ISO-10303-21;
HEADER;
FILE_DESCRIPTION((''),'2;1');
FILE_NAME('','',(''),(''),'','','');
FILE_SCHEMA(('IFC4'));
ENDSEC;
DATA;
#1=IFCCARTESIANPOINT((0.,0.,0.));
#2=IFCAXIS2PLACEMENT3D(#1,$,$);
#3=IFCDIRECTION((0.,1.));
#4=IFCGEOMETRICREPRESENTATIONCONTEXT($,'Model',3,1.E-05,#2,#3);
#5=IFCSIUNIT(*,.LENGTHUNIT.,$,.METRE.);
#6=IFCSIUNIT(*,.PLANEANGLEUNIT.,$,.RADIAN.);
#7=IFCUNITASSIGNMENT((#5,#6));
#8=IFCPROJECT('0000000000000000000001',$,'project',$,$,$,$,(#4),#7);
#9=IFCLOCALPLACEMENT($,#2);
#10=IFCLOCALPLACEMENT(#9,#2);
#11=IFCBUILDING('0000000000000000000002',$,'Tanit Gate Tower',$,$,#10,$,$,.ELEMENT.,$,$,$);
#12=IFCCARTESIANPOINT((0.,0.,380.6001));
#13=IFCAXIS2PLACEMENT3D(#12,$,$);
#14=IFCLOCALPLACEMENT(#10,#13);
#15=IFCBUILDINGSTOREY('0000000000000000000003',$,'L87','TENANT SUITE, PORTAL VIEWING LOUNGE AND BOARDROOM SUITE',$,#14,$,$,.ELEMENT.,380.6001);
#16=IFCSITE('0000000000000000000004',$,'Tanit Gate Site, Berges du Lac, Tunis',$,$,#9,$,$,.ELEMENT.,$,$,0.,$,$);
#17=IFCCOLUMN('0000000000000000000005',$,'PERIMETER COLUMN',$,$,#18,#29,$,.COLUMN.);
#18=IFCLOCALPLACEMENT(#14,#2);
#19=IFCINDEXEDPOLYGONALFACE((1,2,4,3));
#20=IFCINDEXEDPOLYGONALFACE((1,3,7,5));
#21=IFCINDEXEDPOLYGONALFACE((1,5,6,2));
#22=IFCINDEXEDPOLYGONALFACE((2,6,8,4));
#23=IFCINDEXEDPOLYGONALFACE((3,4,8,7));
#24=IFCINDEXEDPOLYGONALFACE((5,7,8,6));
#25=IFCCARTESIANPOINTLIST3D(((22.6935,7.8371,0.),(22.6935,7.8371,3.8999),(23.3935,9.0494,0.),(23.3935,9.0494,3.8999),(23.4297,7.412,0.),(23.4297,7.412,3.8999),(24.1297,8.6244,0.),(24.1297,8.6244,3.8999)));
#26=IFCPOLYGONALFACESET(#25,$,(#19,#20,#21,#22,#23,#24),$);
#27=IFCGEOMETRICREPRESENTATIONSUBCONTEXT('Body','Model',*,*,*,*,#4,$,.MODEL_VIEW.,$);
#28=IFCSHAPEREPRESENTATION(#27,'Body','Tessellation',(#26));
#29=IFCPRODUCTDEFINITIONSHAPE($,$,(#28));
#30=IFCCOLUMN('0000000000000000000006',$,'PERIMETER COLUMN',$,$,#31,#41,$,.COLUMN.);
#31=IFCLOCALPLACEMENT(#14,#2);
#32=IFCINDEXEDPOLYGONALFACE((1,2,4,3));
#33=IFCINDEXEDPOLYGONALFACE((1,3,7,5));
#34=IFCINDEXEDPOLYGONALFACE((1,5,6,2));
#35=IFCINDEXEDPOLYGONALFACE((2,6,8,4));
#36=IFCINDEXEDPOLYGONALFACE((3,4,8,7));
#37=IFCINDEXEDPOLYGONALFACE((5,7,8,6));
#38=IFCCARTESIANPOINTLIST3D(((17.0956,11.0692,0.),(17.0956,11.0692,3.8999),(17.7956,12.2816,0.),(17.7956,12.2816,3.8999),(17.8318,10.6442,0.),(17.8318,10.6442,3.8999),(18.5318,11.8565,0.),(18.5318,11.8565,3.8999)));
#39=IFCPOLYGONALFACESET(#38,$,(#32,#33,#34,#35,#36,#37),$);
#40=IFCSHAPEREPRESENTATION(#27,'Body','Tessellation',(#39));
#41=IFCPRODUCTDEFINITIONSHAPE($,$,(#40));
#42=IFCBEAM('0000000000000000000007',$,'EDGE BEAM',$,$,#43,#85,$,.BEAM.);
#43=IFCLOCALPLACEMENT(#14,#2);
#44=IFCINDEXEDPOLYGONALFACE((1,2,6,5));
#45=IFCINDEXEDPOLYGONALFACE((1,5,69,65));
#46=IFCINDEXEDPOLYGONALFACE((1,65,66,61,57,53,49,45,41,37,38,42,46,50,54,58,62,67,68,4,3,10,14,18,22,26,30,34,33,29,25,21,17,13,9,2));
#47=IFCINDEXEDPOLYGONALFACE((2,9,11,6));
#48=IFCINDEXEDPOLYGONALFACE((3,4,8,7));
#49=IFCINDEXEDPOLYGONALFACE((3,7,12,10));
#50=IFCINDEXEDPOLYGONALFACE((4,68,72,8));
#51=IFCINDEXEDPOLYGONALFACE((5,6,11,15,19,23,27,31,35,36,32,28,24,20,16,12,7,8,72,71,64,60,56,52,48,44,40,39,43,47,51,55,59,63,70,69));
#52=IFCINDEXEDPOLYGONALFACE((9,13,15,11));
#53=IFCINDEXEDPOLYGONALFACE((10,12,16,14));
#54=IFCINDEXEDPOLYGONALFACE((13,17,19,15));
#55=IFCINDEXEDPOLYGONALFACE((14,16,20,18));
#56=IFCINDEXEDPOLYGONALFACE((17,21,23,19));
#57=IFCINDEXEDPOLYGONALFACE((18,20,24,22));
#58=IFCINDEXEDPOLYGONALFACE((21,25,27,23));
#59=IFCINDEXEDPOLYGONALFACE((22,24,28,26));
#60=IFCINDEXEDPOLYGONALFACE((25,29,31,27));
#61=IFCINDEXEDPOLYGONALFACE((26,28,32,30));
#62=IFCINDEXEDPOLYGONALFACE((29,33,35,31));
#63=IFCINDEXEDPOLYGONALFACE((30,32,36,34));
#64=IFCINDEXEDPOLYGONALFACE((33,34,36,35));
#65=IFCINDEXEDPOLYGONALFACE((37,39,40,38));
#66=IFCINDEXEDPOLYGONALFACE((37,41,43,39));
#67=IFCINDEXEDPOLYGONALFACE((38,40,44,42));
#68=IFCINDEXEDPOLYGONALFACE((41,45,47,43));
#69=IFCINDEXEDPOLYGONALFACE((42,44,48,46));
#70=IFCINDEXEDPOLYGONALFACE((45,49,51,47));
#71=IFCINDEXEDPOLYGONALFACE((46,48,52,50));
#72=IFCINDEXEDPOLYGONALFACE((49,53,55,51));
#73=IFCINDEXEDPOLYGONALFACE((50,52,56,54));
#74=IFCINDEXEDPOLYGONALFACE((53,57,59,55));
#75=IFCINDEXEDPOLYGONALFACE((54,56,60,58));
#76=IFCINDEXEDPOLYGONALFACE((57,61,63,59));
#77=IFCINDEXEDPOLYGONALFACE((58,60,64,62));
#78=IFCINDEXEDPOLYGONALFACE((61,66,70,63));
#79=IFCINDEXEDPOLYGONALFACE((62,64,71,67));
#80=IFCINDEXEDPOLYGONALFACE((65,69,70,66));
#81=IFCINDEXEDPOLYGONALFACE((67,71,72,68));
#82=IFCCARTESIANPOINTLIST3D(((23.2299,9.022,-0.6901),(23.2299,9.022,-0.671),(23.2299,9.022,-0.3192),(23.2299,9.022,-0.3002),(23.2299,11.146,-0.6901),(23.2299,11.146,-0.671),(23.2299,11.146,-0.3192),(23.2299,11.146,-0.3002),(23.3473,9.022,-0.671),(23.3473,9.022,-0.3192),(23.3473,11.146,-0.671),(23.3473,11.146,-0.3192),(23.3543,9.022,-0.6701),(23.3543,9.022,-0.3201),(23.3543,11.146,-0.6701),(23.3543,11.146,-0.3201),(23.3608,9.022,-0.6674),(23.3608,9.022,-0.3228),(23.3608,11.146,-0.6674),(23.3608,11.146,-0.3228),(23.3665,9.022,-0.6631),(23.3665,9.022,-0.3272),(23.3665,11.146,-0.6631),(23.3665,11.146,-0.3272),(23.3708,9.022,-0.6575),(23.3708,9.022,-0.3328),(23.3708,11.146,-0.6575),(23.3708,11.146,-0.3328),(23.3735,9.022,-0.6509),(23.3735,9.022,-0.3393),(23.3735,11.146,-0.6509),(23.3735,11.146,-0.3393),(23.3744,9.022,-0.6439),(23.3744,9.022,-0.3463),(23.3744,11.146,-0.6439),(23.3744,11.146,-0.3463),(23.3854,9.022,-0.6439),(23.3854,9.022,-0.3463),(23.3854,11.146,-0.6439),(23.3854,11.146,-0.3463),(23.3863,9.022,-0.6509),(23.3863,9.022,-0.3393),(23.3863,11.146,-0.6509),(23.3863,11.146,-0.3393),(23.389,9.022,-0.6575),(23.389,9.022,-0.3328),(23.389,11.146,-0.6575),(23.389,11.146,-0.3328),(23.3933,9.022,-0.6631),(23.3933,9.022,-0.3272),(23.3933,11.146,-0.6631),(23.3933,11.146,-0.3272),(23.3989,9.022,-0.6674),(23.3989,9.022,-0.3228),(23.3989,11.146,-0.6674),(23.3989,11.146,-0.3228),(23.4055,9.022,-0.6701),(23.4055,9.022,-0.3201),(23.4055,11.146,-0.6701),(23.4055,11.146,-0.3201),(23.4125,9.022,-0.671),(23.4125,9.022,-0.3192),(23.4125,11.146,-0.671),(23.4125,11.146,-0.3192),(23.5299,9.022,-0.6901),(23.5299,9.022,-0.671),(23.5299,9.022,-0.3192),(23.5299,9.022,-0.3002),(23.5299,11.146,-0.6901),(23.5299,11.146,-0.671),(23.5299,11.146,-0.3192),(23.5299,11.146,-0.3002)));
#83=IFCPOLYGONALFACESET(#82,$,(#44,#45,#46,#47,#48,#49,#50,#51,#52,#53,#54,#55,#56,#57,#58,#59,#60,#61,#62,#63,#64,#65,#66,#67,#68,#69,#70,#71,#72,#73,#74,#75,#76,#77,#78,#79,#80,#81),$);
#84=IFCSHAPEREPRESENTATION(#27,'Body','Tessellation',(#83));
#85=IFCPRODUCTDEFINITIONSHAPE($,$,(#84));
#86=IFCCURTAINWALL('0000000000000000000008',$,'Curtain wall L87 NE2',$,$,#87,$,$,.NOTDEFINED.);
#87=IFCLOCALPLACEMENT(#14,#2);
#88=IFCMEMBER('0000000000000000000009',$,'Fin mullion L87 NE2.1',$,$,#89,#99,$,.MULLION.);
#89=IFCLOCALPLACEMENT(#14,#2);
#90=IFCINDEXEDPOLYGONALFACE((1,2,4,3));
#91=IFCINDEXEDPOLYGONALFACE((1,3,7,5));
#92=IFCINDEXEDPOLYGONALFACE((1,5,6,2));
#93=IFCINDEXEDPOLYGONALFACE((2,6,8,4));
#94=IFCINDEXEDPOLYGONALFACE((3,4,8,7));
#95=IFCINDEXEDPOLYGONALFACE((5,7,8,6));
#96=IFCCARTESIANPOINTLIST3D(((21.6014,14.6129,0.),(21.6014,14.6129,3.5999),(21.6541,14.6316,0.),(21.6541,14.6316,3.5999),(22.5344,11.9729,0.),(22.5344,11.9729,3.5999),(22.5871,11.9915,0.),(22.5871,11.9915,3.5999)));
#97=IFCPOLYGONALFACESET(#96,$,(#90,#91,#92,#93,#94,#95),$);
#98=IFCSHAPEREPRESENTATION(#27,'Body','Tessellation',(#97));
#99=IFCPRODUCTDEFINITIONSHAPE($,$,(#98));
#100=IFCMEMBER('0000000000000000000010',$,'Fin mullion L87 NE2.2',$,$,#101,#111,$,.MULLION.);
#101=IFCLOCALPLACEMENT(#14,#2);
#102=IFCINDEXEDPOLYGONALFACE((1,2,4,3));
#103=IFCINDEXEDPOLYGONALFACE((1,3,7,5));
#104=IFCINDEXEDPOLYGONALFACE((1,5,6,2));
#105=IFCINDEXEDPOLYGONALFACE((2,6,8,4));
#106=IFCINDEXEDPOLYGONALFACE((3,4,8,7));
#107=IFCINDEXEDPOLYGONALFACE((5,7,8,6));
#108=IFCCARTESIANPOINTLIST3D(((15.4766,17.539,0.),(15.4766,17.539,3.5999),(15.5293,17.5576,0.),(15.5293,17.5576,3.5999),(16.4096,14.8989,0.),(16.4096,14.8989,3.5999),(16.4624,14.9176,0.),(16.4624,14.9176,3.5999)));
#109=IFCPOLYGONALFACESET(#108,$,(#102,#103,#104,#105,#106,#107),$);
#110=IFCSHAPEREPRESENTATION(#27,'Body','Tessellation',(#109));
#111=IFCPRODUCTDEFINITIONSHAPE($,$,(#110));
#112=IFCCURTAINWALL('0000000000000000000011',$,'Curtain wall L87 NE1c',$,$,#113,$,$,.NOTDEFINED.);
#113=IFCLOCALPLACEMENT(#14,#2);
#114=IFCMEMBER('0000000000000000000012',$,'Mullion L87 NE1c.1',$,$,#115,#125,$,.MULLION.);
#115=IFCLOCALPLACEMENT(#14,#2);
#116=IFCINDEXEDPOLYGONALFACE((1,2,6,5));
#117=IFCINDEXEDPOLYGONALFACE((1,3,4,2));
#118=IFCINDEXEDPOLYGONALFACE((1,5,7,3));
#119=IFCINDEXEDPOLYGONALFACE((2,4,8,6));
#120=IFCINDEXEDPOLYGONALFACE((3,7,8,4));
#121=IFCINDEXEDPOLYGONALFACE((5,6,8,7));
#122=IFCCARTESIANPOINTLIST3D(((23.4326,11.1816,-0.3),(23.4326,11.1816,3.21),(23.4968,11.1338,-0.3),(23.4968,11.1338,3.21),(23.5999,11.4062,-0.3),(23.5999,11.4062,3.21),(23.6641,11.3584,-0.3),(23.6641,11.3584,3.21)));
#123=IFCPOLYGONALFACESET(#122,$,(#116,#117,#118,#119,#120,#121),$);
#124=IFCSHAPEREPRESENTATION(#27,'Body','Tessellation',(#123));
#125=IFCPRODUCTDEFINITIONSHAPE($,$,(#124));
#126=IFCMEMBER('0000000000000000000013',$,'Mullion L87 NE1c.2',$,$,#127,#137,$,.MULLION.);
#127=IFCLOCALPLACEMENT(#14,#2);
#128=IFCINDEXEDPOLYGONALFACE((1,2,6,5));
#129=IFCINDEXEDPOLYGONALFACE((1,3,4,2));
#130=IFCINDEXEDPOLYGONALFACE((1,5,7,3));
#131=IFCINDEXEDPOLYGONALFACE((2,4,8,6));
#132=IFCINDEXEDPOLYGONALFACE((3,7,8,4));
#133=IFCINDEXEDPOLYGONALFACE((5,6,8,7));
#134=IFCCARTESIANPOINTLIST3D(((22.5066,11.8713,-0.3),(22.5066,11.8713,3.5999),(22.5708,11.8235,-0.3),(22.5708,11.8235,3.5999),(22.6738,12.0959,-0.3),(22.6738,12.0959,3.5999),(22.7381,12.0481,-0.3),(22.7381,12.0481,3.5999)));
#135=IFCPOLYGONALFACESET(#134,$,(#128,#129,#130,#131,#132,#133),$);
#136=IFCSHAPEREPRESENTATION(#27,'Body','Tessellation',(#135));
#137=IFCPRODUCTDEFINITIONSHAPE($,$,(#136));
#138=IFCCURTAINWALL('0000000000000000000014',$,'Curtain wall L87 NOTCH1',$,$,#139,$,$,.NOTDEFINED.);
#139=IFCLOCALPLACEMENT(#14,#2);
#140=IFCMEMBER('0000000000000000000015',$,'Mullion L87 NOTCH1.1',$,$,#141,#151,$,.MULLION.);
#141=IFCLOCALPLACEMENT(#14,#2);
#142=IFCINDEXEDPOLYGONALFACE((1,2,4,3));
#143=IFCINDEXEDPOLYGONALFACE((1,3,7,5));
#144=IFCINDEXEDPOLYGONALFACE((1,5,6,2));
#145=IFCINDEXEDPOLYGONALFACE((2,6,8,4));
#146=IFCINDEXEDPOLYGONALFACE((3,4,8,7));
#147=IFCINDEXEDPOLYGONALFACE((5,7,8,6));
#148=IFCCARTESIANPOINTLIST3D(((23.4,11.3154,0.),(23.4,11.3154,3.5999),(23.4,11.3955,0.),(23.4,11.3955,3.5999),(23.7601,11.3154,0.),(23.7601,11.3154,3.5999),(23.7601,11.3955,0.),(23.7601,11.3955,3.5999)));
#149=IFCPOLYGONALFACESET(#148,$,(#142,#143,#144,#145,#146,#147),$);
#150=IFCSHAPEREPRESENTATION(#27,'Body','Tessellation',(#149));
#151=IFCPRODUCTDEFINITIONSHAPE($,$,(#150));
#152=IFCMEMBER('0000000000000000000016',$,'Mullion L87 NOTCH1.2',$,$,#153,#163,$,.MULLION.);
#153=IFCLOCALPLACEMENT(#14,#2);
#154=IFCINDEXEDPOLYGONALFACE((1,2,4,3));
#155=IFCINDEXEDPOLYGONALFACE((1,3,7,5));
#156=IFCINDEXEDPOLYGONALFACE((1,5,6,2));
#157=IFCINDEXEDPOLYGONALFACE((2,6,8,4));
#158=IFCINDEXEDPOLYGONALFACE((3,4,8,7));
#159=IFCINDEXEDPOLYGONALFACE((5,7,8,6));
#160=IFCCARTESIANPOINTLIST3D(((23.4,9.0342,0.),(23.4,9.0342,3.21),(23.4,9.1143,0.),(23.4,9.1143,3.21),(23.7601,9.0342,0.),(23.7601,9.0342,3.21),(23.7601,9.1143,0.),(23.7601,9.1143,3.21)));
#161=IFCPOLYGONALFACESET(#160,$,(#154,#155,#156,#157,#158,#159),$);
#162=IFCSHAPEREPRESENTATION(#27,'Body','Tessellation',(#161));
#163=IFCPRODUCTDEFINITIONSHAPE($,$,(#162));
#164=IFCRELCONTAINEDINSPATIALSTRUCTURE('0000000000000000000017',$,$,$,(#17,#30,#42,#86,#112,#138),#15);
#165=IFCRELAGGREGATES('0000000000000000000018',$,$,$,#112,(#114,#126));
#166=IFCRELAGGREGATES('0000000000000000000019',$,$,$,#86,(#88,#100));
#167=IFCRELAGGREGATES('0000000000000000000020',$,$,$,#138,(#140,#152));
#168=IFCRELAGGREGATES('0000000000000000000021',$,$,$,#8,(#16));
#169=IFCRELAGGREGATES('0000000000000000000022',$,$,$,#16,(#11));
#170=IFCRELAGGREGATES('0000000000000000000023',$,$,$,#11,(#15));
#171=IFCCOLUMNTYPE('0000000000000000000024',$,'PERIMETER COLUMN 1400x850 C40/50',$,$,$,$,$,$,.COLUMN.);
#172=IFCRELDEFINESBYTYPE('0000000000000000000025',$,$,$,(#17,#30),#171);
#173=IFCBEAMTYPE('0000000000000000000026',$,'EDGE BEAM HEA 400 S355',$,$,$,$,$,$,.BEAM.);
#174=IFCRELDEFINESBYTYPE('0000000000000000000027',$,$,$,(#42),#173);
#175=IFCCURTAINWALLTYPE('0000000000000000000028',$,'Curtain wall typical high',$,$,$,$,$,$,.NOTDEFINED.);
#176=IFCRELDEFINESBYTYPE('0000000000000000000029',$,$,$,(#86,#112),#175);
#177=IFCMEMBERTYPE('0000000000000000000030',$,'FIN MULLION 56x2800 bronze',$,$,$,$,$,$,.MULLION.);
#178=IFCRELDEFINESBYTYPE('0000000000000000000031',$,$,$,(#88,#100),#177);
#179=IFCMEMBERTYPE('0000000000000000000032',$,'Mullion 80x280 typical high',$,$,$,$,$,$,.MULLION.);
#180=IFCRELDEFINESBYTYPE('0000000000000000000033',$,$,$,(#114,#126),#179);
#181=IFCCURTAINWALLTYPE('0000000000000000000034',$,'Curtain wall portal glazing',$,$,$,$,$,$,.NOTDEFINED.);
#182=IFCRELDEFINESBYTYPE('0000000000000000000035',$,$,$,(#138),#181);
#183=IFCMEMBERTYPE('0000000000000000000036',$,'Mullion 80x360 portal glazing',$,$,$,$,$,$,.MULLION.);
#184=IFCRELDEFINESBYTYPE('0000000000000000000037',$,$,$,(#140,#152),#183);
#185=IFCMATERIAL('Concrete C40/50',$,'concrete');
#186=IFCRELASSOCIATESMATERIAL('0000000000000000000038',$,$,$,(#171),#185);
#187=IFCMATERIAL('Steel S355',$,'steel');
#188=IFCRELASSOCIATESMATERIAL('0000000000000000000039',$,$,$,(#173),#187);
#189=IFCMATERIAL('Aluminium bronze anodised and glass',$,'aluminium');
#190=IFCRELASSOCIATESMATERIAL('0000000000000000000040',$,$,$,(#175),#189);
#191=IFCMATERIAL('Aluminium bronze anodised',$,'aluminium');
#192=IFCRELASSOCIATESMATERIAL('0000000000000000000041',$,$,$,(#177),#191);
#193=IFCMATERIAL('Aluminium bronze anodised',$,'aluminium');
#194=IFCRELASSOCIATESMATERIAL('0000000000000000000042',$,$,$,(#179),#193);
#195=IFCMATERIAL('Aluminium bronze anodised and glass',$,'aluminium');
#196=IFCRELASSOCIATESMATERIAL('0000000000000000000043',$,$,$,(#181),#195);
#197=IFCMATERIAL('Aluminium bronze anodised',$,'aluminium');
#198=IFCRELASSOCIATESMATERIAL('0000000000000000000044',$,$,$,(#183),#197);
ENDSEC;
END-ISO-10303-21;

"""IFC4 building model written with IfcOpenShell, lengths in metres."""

from ifc_helpers import new_model, si_unit, direction, frame, origin, origin_2d, place, context, subcontext, project, spatial, rectangle, i_section, extrude, material, material_profile, profile_set, type_object, element, aggregate, save


model = new_model("IFC4")

# Units and contexts
model_context = context("Model", 3, precision=1e-05, world=origin(), true_north=direction((0.0, 1.0)))
body_context = subcontext(model_context, "Body", "Model", "MODEL_VIEW")
ifc_project = project(units=[si_unit("LENGTHUNIT", "METRE"), si_unit("PLANEANGLEUNIT", "RADIAN")], contexts=[model_context])

# Site, building, storey
site_placement = place(None, origin())
site = spatial("IfcSite", under=ifc_project, at=site_placement, Name="Tanit Gate Site, Berges du Lac, Tunis", CompositionType="ELEMENT", RefElevation=0.0)
building_placement = place(site_placement, origin())
building = spatial("IfcBuilding", under=site, at=building_placement, Name="Tanit Gate Tower", CompositionType="ELEMENT")
storey_placement = place(building_placement, frame((0.0, 0.0, 380.6001)))
storey = spatial("IfcBuildingStorey", under=building, at=storey_placement, Name="L87", Description="TENANT SUITE, PORTAL VIEWING LOUNGE AND BOARDROOM SUITE", CompositionType="ELEMENT", Elevation=380.6001)

# Columns
ifc_material_1 = material(Name="Concrete C40/50", Category="concrete")
ifc_material_profile_1 = material_profile(ifc_material_1, rectangle(XDim=1.3999, YDim=0.8501, at=origin_2d()), Name="RC 1400x850")
ifc_profile_set_1 = profile_set([ifc_material_profile_1], Name="Concrete C40/50")
column_type = type_object("IfcColumnType", Name="PERIMETER COLUMN 1400x850 C40/50", PredefinedType="COLUMN", material=ifc_profile_set_1)
for number, where, z_axis, x_axis, name in (
    (1, (23.4116, 8.2307, 0.0), (0.0, 0.0, 1.0), (0.5, 0.866025, 0.0), "PERIMETER COLUMN"),
    (2, (17.8137, 11.4629, 0.0), (0.0, 0.0, 1.0), (0.5, 0.866025, 0.0), "PERIMETER COLUMN"),
):
    element("IfcColumn", number, at=place(storey_placement, frame(where, z_axis=z_axis, x_axis=x_axis)), inside=storey, type_object=column_type, Name=name, PredefinedType="COLUMN", context=body_context, shape_type="SweptSolid", body=[
        extrude(rectangle(XDim=1.3999, YDim=0.8501, at=origin_2d()), origin(), (0.0, 0.0, 1.0), 3.8999),
    ])

# Beam
ifc_material_2 = material(Name="Steel S355", Category="steel")
ifc_material_profile_2 = material_profile(ifc_material_2, i_section(OverallWidth=0.3, OverallDepth=0.3899, WebThickness=0.011, FlangeThickness=0.019, FilletRadius=0.0271, at=origin_2d()), Name="HEA 400")
ifc_profile_set_2 = profile_set([ifc_material_profile_2], Name="Steel S355")
beam_type_1 = type_object("IfcBeamType", Name="EDGE BEAM HEA 400 S355", PredefinedType="BEAM", material=ifc_profile_set_2)
beam_1_placement = place(storey_placement, frame((23.3799, 11.146, -0.4951), z_axis=(0.0, -1.0, 0.0), x_axis=(1.0, 0.0, 0.0)))
element("IfcBeam", 3, at=beam_1_placement, inside=storey, type_object=beam_type_1, Name="EDGE BEAM", PredefinedType="BEAM", context=body_context, shape_type="SweptSolid", body=[
    extrude(i_section(OverallWidth=0.3, OverallDepth=0.3899, WebThickness=0.011, FlangeThickness=0.019, FilletRadius=0.0271, at=origin_2d()), origin(), (0.0, 0.0, 1.0), 2.124),
])

# Curtain walls, members
ifc_material_3 = material(Name="Aluminium bronze anodised and glass", Category="aluminium")
curtain_wall_type_1 = type_object("IfcCurtainWallType", Name="Curtain wall typical high", PredefinedType="NOTDEFINED", material=ifc_material_3)
curtain_wall_1_placement = place(storey_placement, origin())
curtain_wall_1 = element("IfcCurtainWall", 4, at=curtain_wall_1_placement, inside=storey, type_object=curtain_wall_type_1, Name="Curtain wall L87 NE2", PredefinedType="NOTDEFINED")
ifc_material_4 = material(Name="Aluminium bronze anodised", Category="aluminium")
ifc_material_profile_3 = material_profile(ifc_material_4, rectangle(XDim=2.8, YDim=0.0559, at=origin_2d()), Name="56x2800 bronze fin mullion")
ifc_profile_set_3 = profile_set([ifc_material_profile_3], Name="Aluminium bronze anodised")
member_type_1 = type_object("IfcMemberType", Name="FIN MULLION 56x2800 bronze", PredefinedType="MULLION", material=ifc_profile_set_3)
member_1_placement = place(storey_placement, frame((22.0942, 13.3022, 0.0), z_axis=(0.0, 0.0, 1.0), x_axis=(0.33322, -0.942849, 0.0)))
member_1 = element("IfcMember", 5, at=member_1_placement, type_object=member_type_1, Name="Fin mullion L87 NE2.1", PredefinedType="MULLION", context=body_context, shape_type="SweptSolid", body=[
    extrude(rectangle(XDim=2.8, YDim=0.0559, at=origin_2d()), origin(), (0.0, 0.0, 1.0), 3.5999),
])
member_2_placement = place(storey_placement, frame((15.9695, 16.2283, 0.0), z_axis=(0.0, 0.0, 1.0), x_axis=(0.33322, -0.942849, 0.0)))
member_2 = element("IfcMember", 6, at=member_2_placement, type_object=member_type_1, Name="Fin mullion L87 NE2.2", PredefinedType="MULLION", context=body_context, shape_type="SweptSolid", body=[
    extrude(rectangle(XDim=2.8, YDim=0.0559, at=origin_2d()), origin(), (0.0, 0.0, 1.0), 3.5999),
])
curtain_wall_2_placement = place(storey_placement, origin())
curtain_wall_2 = element("IfcCurtainWall", 7, at=curtain_wall_2_placement, inside=storey, type_object=curtain_wall_type_1, Name="Curtain wall L87 NE1c", PredefinedType="NOTDEFINED")
ifc_material_5 = material(Name="Aluminium bronze anodised", Category="aluminium")
ifc_material_profile_4 = material_profile(ifc_material_5, rectangle(XDim=0.28, YDim=0.0801, at=origin_2d()), Name="80x280 bronze mullion")
ifc_profile_set_4 = profile_set([ifc_material_profile_4], Name="Aluminium bronze anodised")
member_type_2 = type_object("IfcMemberType", Name="Mullion 80x280 typical high", PredefinedType="MULLION", material=ifc_profile_set_4)
member_3_placement = place(storey_placement, frame((23.5483, 11.27, -0.3), z_axis=(0.0, 0.0, 1.0), x_axis=(-0.597341, -0.801988, 0.0)))
member_3 = element("IfcMember", 8, at=member_3_placement, type_object=member_type_2, Name="Mullion L87 NE1c.1", PredefinedType="MULLION", context=body_context, shape_type="SweptSolid", body=[
    extrude(rectangle(XDim=0.28, YDim=0.0801, at=origin_2d()), origin(), (0.0, 0.0, 1.0), 3.51),
])
member_4_placement = place(storey_placement, frame((22.6223, 11.9597, -0.3), z_axis=(0.0, 0.0, 1.0), x_axis=(-0.597341, -0.801988, 0.0)))
member_4 = element("IfcMember", 9, at=member_4_placement, type_object=member_type_2, Name="Mullion L87 NE1c.2", PredefinedType="MULLION", context=body_context, shape_type="SweptSolid", body=[
    extrude(rectangle(XDim=0.28, YDim=0.0801, at=origin_2d()), origin(), (0.0, 0.0, 1.0), 3.8999),
])
ifc_material_6 = material(Name="Aluminium bronze anodised and glass", Category="aluminium")
curtain_wall_type_2 = type_object("IfcCurtainWallType", Name="Curtain wall portal glazing", PredefinedType="NOTDEFINED", material=ifc_material_6)
curtain_wall_3_placement = place(storey_placement, origin())
curtain_wall_3 = element("IfcCurtainWall", 10, at=curtain_wall_3_placement, inside=storey, type_object=curtain_wall_type_2, Name="Curtain wall L87 NOTCH1", PredefinedType="NOTDEFINED")
ifc_material_7 = material(Name="Aluminium bronze anodised", Category="aluminium")
ifc_material_profile_5 = material_profile(ifc_material_7, rectangle(XDim=0.3601, YDim=0.0801, at=origin_2d()), Name="80x360 bronze mullion")
ifc_profile_set_5 = profile_set([ifc_material_profile_5], Name="Aluminium bronze anodised")
member_type_3 = type_object("IfcMemberType", Name="Mullion 80x360 portal glazing", PredefinedType="MULLION", material=ifc_profile_set_5)
member_5_placement = place(storey_placement, frame((23.5801, 11.3555, 0.0), z_axis=(0.0, 0.0, 1.0), x_axis=(1.0, 0.0, 0.0)))
member_5 = element("IfcMember", 11, at=member_5_placement, type_object=member_type_3, Name="Mullion L87 NOTCH1.1", PredefinedType="MULLION", context=body_context, shape_type="SweptSolid", body=[
    extrude(rectangle(XDim=0.3601, YDim=0.0801, at=origin_2d()), origin(), (0.0, 0.0, 1.0), 3.5999),
])
member_6_placement = place(storey_placement, frame((23.5801, 9.0742, 0.0), z_axis=(0.0, 0.0, 1.0), x_axis=(1.0, 0.0, 0.0)))
member_6 = element("IfcMember", 12, at=member_6_placement, type_object=member_type_3, Name="Mullion L87 NOTCH1.2", PredefinedType="MULLION", context=body_context, shape_type="SweptSolid", body=[
    extrude(rectangle(XDim=0.3601, YDim=0.0801, at=origin_2d()), origin(), (0.0, 0.0, 1.0), 3.21),
])

aggregate(curtain_wall_2, [member_3, member_4])
aggregate(curtain_wall_1, [member_1, member_2])
aggregate(curtain_wall_3, [member_5, member_6])

save(model, "model.ifc")
